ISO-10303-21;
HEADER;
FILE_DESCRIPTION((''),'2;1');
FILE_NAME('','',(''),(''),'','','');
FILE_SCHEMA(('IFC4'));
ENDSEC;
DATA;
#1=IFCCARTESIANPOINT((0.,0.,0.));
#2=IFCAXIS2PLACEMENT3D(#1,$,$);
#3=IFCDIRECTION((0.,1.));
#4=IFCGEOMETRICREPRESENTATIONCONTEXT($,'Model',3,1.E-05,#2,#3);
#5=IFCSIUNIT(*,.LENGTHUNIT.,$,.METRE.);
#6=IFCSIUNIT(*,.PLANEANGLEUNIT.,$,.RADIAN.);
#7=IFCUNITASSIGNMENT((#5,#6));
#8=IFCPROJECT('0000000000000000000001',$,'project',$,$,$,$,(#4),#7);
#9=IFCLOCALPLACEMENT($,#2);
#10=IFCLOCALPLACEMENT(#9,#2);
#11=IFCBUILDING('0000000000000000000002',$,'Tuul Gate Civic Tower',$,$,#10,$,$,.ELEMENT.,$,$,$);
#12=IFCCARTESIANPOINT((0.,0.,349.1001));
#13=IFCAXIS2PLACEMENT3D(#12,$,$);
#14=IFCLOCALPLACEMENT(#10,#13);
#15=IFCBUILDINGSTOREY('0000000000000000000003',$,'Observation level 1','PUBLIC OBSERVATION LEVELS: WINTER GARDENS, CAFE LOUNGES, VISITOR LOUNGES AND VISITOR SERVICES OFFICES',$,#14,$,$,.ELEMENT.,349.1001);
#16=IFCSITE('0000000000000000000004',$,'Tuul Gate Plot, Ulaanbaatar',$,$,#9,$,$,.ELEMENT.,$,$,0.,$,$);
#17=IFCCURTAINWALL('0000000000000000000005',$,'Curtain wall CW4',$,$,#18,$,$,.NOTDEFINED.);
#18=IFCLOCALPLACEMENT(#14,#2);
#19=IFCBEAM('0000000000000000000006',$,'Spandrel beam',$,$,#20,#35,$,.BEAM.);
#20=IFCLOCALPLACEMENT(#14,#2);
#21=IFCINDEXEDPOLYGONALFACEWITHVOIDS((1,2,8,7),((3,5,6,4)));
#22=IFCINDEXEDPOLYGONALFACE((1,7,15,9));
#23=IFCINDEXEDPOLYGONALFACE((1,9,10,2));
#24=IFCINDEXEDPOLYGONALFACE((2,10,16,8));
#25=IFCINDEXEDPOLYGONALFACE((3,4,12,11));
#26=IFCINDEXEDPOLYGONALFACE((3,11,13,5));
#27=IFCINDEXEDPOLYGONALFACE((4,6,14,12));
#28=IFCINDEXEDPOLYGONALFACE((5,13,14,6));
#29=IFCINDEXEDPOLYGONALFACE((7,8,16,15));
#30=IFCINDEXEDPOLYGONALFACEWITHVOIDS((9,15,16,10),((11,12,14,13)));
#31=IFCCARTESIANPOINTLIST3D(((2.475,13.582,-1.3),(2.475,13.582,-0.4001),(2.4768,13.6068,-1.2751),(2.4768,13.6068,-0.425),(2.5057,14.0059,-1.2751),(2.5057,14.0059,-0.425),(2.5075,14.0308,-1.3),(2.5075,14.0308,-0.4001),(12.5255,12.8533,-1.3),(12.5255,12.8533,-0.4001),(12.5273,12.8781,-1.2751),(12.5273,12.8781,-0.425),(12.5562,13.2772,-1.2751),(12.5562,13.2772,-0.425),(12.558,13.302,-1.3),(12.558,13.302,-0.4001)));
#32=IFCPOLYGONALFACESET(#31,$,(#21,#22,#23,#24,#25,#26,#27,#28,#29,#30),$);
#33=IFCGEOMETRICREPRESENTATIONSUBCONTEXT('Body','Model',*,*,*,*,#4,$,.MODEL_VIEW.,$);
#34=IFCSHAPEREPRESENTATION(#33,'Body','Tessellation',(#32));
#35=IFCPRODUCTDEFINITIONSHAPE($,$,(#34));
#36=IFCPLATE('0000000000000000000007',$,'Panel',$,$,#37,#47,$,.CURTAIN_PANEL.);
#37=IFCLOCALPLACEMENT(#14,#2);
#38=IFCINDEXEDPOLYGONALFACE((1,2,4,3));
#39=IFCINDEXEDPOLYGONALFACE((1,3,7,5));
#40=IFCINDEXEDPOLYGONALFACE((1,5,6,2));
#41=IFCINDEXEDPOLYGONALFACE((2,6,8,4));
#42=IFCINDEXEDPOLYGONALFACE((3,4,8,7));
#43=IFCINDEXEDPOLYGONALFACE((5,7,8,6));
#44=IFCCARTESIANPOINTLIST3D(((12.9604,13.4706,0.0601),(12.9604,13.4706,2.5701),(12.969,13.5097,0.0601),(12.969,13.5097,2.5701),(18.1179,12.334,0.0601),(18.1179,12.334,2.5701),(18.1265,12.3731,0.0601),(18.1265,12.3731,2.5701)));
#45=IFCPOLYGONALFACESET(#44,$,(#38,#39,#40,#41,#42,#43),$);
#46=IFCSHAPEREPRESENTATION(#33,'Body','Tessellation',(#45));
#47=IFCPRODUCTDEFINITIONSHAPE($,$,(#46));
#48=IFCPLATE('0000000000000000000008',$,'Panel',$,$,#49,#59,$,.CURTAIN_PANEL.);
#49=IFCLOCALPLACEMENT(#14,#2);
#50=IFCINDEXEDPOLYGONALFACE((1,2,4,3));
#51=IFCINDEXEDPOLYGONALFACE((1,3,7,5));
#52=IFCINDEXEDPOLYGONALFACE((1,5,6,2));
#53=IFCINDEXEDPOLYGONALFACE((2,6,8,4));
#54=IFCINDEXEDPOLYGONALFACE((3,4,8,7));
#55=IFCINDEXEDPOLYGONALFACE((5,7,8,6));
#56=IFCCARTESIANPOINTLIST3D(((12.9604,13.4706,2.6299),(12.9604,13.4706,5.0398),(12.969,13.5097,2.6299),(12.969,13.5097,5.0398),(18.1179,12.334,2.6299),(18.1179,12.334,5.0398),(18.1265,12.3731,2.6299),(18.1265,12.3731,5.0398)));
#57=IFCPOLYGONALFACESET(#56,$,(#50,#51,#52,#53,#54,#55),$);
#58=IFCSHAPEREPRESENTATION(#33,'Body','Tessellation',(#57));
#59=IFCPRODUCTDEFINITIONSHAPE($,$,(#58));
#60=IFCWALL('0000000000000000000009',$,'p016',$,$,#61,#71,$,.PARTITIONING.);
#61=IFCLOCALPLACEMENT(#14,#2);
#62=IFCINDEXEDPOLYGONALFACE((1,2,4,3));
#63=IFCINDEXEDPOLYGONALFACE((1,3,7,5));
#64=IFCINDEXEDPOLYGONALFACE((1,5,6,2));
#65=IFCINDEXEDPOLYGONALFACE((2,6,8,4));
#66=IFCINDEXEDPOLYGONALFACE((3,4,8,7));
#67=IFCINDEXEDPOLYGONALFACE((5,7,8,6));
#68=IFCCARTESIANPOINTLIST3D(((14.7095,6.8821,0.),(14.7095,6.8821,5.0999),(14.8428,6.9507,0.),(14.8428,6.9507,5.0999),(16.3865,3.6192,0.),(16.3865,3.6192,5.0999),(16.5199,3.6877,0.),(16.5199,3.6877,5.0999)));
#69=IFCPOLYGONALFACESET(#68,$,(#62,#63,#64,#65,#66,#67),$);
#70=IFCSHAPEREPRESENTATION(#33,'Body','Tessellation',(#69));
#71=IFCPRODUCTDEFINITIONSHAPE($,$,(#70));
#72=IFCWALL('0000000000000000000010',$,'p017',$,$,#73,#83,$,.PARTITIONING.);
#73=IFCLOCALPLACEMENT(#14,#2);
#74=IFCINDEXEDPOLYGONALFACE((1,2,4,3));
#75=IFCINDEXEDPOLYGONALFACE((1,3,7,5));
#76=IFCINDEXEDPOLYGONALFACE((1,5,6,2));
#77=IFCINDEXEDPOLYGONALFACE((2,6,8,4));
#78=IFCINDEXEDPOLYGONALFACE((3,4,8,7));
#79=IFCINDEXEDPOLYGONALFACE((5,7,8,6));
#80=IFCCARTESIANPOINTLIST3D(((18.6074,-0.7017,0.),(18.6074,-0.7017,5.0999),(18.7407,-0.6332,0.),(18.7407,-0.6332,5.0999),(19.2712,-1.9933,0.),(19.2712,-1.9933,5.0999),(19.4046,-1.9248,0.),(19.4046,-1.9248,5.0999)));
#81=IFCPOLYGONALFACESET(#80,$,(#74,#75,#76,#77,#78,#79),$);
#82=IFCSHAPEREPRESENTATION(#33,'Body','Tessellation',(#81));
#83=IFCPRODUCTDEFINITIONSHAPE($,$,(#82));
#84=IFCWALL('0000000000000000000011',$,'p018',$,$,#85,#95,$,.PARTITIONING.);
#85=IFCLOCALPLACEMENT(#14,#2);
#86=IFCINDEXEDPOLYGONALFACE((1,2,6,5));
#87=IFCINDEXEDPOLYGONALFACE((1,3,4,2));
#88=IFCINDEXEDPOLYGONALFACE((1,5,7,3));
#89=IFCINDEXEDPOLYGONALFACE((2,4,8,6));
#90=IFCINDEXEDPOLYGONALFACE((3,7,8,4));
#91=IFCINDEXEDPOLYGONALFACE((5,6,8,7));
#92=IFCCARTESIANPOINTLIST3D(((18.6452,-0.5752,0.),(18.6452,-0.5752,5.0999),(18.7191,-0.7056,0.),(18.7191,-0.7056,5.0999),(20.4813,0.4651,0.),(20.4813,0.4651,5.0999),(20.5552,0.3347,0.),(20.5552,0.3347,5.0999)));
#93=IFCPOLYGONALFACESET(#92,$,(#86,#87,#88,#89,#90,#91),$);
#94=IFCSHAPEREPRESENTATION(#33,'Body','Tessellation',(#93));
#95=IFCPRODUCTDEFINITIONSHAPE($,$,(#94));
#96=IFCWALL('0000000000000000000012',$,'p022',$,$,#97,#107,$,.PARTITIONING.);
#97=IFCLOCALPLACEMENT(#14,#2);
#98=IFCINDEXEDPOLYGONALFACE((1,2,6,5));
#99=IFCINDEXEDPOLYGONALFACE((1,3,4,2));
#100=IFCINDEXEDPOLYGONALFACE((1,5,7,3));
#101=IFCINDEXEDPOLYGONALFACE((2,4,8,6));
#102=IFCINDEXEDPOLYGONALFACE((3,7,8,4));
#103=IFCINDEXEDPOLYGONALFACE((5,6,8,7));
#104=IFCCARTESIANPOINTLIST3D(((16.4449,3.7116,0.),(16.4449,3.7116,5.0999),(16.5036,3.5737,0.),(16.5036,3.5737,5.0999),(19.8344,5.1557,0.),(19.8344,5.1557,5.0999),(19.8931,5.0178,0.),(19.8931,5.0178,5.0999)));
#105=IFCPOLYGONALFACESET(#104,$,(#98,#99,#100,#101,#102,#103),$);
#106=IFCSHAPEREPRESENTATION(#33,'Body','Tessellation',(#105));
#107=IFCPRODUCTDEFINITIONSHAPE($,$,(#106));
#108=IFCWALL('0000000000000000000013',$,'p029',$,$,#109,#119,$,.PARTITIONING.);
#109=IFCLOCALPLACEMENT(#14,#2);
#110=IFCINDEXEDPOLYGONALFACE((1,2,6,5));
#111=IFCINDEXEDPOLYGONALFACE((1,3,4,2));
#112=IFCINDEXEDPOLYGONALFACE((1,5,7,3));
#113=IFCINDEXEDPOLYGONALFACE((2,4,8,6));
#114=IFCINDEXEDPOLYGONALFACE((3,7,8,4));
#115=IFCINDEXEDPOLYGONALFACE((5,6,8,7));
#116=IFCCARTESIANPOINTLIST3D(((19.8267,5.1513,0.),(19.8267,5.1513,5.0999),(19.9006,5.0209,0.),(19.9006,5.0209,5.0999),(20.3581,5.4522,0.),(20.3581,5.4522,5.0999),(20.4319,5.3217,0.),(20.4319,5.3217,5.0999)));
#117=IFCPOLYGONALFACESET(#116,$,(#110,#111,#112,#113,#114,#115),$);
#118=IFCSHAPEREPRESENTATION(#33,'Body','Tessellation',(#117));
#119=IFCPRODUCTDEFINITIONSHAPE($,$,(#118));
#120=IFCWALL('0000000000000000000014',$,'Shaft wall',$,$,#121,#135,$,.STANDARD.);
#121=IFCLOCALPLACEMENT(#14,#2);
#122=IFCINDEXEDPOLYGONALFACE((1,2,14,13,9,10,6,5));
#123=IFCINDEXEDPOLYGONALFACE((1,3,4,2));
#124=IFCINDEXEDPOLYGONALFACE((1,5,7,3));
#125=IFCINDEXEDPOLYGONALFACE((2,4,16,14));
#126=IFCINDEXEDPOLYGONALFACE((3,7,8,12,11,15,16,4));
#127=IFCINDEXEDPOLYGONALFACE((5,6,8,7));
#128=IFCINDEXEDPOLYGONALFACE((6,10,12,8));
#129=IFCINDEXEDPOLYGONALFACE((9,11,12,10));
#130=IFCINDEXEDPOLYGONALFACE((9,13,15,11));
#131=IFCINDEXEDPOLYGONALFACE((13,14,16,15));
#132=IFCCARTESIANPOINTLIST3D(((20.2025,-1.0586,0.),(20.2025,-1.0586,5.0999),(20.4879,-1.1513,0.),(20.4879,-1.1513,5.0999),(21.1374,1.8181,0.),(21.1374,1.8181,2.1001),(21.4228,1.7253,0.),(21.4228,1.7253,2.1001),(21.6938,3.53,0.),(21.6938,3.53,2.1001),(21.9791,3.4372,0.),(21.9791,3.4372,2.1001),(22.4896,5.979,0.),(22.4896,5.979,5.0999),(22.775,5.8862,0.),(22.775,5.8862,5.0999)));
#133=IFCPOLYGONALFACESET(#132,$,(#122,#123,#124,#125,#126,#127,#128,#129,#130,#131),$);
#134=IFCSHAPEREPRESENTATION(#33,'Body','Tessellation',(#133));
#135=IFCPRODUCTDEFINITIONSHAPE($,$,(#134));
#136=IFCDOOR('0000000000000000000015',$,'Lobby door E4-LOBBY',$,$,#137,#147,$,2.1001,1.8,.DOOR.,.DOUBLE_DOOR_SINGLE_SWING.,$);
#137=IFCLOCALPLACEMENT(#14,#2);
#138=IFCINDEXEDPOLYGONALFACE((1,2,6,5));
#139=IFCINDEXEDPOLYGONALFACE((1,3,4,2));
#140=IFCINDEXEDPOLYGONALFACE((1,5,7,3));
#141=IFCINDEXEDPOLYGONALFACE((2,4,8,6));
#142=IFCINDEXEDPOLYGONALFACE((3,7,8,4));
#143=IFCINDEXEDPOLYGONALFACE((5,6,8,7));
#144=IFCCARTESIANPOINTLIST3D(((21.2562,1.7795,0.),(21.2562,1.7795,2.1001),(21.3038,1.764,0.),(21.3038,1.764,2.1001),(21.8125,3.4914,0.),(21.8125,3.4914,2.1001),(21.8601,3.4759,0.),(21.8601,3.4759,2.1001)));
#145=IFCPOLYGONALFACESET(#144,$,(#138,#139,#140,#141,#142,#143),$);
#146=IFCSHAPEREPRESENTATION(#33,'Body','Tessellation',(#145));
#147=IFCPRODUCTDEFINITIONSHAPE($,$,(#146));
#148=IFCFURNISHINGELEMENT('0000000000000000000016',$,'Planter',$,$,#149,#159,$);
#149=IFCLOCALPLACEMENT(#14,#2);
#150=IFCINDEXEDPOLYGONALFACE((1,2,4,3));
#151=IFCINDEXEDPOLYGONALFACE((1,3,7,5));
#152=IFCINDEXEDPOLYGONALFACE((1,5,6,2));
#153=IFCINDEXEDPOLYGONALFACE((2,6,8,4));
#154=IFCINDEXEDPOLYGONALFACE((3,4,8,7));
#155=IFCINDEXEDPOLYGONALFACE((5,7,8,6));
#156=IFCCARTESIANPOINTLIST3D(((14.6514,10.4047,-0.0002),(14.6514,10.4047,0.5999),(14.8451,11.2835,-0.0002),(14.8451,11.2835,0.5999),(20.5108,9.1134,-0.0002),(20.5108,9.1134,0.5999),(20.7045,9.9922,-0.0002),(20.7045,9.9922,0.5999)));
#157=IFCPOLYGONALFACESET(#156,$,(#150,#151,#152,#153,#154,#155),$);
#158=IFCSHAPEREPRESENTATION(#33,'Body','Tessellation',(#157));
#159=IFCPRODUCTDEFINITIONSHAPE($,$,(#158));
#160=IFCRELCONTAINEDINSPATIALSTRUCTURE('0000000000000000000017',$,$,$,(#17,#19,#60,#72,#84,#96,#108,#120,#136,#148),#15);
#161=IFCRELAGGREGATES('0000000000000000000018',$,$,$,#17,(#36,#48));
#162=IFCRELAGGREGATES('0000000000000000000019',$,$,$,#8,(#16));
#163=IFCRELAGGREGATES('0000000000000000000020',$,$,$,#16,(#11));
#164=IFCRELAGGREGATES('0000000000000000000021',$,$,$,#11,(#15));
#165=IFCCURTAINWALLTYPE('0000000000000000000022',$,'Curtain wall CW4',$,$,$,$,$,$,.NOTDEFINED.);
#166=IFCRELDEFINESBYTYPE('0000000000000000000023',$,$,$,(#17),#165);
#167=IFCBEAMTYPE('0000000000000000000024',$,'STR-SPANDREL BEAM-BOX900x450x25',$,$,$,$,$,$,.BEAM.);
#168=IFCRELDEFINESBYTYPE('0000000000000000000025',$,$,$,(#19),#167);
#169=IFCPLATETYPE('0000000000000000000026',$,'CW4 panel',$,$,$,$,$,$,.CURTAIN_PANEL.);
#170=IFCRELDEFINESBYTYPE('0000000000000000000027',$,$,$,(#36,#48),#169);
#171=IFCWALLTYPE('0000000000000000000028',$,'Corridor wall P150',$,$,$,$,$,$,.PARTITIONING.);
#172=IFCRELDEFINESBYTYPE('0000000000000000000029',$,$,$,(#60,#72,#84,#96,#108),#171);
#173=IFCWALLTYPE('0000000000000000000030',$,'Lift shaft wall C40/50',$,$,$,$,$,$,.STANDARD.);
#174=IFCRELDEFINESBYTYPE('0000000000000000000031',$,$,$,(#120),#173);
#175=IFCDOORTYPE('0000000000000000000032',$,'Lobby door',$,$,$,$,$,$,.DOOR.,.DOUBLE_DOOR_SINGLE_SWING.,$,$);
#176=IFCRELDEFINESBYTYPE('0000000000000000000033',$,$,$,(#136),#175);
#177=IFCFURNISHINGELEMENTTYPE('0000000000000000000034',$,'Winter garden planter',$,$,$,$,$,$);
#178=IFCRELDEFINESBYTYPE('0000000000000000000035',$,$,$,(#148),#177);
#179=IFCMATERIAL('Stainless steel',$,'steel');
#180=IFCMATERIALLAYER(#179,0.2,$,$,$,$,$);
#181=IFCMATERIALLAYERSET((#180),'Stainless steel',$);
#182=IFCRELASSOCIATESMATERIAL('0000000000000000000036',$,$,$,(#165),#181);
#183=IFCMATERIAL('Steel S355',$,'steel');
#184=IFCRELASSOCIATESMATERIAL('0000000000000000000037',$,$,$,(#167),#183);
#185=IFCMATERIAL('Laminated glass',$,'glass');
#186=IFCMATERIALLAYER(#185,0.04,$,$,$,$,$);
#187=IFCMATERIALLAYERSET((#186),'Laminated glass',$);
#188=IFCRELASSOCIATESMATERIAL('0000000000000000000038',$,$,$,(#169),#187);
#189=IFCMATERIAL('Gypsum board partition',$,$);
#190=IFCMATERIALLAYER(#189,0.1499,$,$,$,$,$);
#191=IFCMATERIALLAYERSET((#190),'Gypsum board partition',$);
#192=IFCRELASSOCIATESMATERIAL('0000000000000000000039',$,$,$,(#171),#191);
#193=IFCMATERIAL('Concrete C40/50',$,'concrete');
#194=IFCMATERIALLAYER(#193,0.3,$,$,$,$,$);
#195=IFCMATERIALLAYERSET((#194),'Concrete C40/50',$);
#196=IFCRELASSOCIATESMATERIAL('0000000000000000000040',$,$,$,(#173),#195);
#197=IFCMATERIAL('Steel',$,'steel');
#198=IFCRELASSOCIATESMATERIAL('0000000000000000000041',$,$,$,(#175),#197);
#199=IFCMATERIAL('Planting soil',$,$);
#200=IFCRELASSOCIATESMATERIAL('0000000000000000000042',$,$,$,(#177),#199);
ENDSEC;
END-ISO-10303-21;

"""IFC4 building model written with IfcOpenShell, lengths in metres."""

from ifc_helpers import new_model, si_unit, direction, frame, frame_2d, origin, origin_2d, place, context, subcontext, project, spatial, rectangle, hollow_rectangle, extrude, material, layer, layer_set, material_profile, profile_set, type_object, element, fill, aggregate, save


model = new_model("IFC4")

# Units and contexts
model_context = context("Model", 3, precision=1e-05, world=origin(), true_north=direction((0.0, 1.0)))
body_context = subcontext(model_context, "Body", "Model", "MODEL_VIEW")
ifc_project = project(units=[si_unit("LENGTHUNIT", "METRE"), si_unit("PLANEANGLEUNIT", "RADIAN")], contexts=[model_context])

# Site, building, storey
site_placement = place(None, origin())
site = spatial("IfcSite", under=ifc_project, at=site_placement, Name="Tuul Gate Plot, Ulaanbaatar", CompositionType="ELEMENT", RefElevation=0.0)
building_placement = place(site_placement, origin())
building = spatial("IfcBuilding", under=site, at=building_placement, Name="Tuul Gate Civic Tower", CompositionType="ELEMENT")
storey_placement = place(building_placement, frame((0.0, 0.0, 349.1001)))
storey = spatial("IfcBuildingStorey", under=building, at=storey_placement, Name="Observation level 1", Description="PUBLIC OBSERVATION LEVELS: WINTER GARDENS, CAFE LOUNGES, VISITOR LOUNGES AND VISITOR SERVICES OFFICES", CompositionType="ELEMENT", Elevation=349.1001)

# Curtain wall
ifc_material_1 = material(Name="Stainless steel", Category="steel")
ifc_layer_1 = layer(ifc_material_1, 0.2)
ifc_layer_set_1 = layer_set([ifc_layer_1], Name="Stainless steel")
curtain_wall_type = type_object("IfcCurtainWallType", Name="Curtain wall CW4", PredefinedType="NOTDEFINED", material=ifc_layer_set_1)
curtain_wall_1_placement = place(storey_placement, origin())
curtain_wall_1 = element("IfcCurtainWall", 1, at=curtain_wall_1_placement, inside=storey, type_object=curtain_wall_type, Name="Curtain wall CW4", PredefinedType="NOTDEFINED")

# Beam
ifc_material_2 = material(Name="Steel S355", Category="steel")
ifc_material_profile_1 = material_profile(ifc_material_2, hollow_rectangle(XDim=0.45, YDim=0.8999, WallThickness=0.0249, at=origin_2d()), Name="BOX900x450x25")
ifc_profile_set_1 = profile_set([ifc_material_profile_1], Name="Steel S355")
beam_type = type_object("IfcBeamType", Name="STR-SPANDREL BEAM-BOX900x450x25", PredefinedType="BEAM", material=ifc_profile_set_1)
beam_placement = place(storey_placement, frame((12.5417, 13.0776, -0.8501), z_axis=(-0.997382, 0.07232, 0.0), x_axis=(-0.07232, -0.997382, 0.0)))
element("IfcBeam", 2, at=beam_placement, inside=storey, type_object=beam_type, Name="Spandrel beam", PredefinedType="BEAM", context=body_context, shape_type="SweptSolid", body=[
    extrude(hollow_rectangle(XDim=0.45, YDim=0.8999, WallThickness=0.0249, at=origin_2d()), origin(), (0.0, 0.0, 1.0), 10.0769),
])

# Plates
ifc_material_3 = material(Name="Laminated glass", Category="glass")
ifc_layer_2 = layer(ifc_material_3, 0.04)
ifc_layer_set_2 = layer_set([ifc_layer_2], Name="Laminated glass")
plate_type = type_object("IfcPlateType", Name="CW4 panel", PredefinedType="CURTAIN_PANEL", material=ifc_layer_set_2)
plate_1_placement = place(storey_placement, frame((15.5435, 12.9219, 0.0601), z_axis=(0.0, 0.0, 1.0), x_axis=(-0.976567, 0.215215, 0.0)))
plate_1 = element("IfcPlate", 3, at=plate_1_placement, type_object=plate_type, Name="Panel", PredefinedType="CURTAIN_PANEL", context=body_context, shape_type="SweptSolid", body=[
    extrude(rectangle(XDim=5.2812, YDim=0.04, at=origin_2d()), origin(), (0.0, 0.0, 1.0), 2.51),
])
plate_2_placement = place(storey_placement, frame((15.5435, 12.9219, 2.6299), z_axis=(0.0, 0.0, 1.0), x_axis=(-0.976567, 0.215215, 0.0)))
plate_2 = element("IfcPlate", 4, at=plate_2_placement, type_object=plate_type, Name="Panel", PredefinedType="CURTAIN_PANEL", context=body_context, shape_type="SweptSolid", body=[
    extrude(rectangle(XDim=5.2812, YDim=0.04, at=origin_2d()), origin(), (0.0, 0.0, 1.0), 2.4099),
])
aggregate(curtain_wall_1, [plate_1, plate_2])

# Walls
ifc_material_4 = material(Name="Gypsum board partition")
ifc_layer_3 = layer(ifc_material_4, 0.1499)
ifc_layer_set_3 = layer_set([ifc_layer_3], Name="Gypsum board partition")
wall_type_1 = type_object("IfcWallType", Name="Corridor wall P150", PredefinedType="PARTITIONING", material=ifc_layer_set_3)
wall_1_placement = place(storey_placement, frame((14.7761, 6.9165, 0.0), z_axis=(0.0, 0.0, 1.0), x_axis=(0.457115, -0.889408, 0.0)))
element("IfcWall", 5, at=wall_1_placement, inside=storey, type_object=wall_type_1, Name="p016", PredefinedType="PARTITIONING", context=body_context, shape_type="SweptSolid", body=[
    extrude(rectangle(XDim=3.6687, YDim=0.1499, at=frame_2d((1.8345, 0.0))), origin(), (0.0, 0.0, 1.0), 5.0999),
])
wall_2_placement = place(storey_placement, frame((18.6741, -0.6675, 0.0), z_axis=(0.0, 0.0, 1.0), x_axis=(0.457139, -0.889395, 0.0)))
element("IfcWall", 6, at=wall_2_placement, inside=storey, type_object=wall_type_1, Name="p017", PredefinedType="PARTITIONING", context=body_context, shape_type="SweptSolid", body=[
    extrude(rectangle(XDim=1.4521, YDim=0.1499, at=frame_2d((0.7261, 0.0))), origin(), (0.0, 0.0, 1.0), 5.0999),
])
wall_3_placement = place(storey_placement, frame((18.6821, -0.6404, 0.0), z_axis=(0.0, 0.0, 1.0), x_axis=(0.870067, 0.492934, 0.0)))
element("IfcWall", 7, at=wall_3_placement, inside=storey, type_object=wall_type_1, Name="p018", PredefinedType="PARTITIONING", context=body_context, shape_type="SweptSolid", body=[
    extrude(rectangle(XDim=2.1104, YDim=0.1499, at=frame_2d((1.0552, 0.0))), origin(), (0.0, 0.0, 1.0), 5.0999),
])
wall_4_placement = place(storey_placement, frame((16.4741, 3.6426, 0.0), z_axis=(0.0, 0.0, 1.0), x_axis=(0.919979, 0.391967, 0.0)))
element("IfcWall", 8, at=wall_4_placement, inside=storey, type_object=wall_type_1, Name="p022", PredefinedType="PARTITIONING", context=body_context, shape_type="SweptSolid", body=[
    extrude(rectangle(XDim=3.6843, YDim=0.1499, at=frame_2d((1.8423, 0.0))), origin(), (0.0, 0.0, 1.0), 5.0999),
])
wall_5_placement = place(storey_placement, frame((19.8638, 5.0862, 0.0), z_axis=(0.0, 0.0, 1.0), x_axis=(0.870205, 0.49269, 0.0)))
element("IfcWall", 9, at=wall_5_placement, inside=storey, type_object=wall_type_1, Name="p029", PredefinedType="PARTITIONING", context=body_context, shape_type="SweptSolid", body=[
    extrude(rectangle(XDim=0.6106, YDim=0.1499, at=frame_2d((0.3052, 0.0))), origin(), (0.0, 0.0, 1.0), 5.0999),
])

# Wall, opening, door
ifc_material_5 = material(Name="Concrete C40/50", Category="concrete")
ifc_layer_4 = layer(ifc_material_5, 0.3)
ifc_layer_set_4 = layer_set([ifc_layer_4], Name="Concrete C40/50")
wall_type_2 = type_object("IfcWallType", Name="Lift shaft wall C40/50", PredefinedType="STANDARD", material=ifc_layer_set_4)
wall_6_placement = place(storey_placement, frame((20.3452, -1.105, 0.0), z_axis=(0.0, 0.0, 1.0), x_axis=(0.309073, 0.951038, 0.0)))
wall_6 = element("IfcWall", 10, at=wall_6_placement, inside=storey, type_object=wall_type_2, Name="Shaft wall", PredefinedType="STANDARD", context=body_context, shape_type="SweptSolid", body=[
    extrude(rectangle(XDim=7.3999, YDim=0.3, at=frame_2d((3.7, 0.0))), origin(), (0.0, 0.0, 1.0), 5.0999),
])
opening_placement = place(wall_6_placement, frame((3.0249, 0.0, 0.0)))
opening = element("IfcOpeningElement", 11, at=opening_placement, cuts=wall_6, PredefinedType="OPENING", context=body_context, shape_type="SweptSolid", body=[
    extrude(rectangle(XDim=1.8, YDim=2.1001, at=frame_2d((0.8999, 1.05))), frame((0.0, 0.1602, 0.0), z_axis=(0.0, -1.0, 0.0), x_axis=(1.0, 0.0, 0.0)), (0.0, 0.0, 1.0), 0.3201),
])
ifc_material_6 = material(Name="Steel", Category="steel")
door_type = type_object("IfcDoorType", Name="Lobby door", OperationType="DOUBLE_DOOR_SINGLE_SWING", PredefinedType="DOOR", material=ifc_material_6)
door_placement = place(opening_placement, frame((1.8, 0.0, 0.0), z_axis=(0.0, 0.0, 1.0), x_axis=(-1.0, 0.0, 0.0)))
door = element("IfcDoor", 12, at=door_placement, inside=storey, type_object=door_type, Name="Lobby door E4-LOBBY", OperationType="DOUBLE_DOOR_SINGLE_SWING", OverallHeight=2.1001, OverallWidth=1.8, PredefinedType="DOOR", context=body_context, shape_type="SweptSolid", body=[
    extrude(rectangle(XDim=1.8, YDim=2.1001, at=frame_2d((0.9001, 1.05))), frame((0.0, 0.0249, 0.0), z_axis=(0.0, -1.0, 0.0), x_axis=(1.0, 0.0, 0.0)), (0.0, 0.0, 1.0), 0.05),
])
fill(opening, door)

# Furnishing element
ifc_material_7 = material(Name="Planting soil")
furnishing_element_type = type_object("IfcFurnishingElementType", Name="Winter garden planter", material=ifc_material_7)
furnishing_placement = place(storey_placement, frame((17.678, 10.1985, -0.0002), z_axis=(0.0, 0.0, 1.0), x_axis=(-0.976567, 0.215215, 0.0)))
element("IfcFurnishingElement", 13, at=furnishing_placement, inside=storey, type_object=furnishing_element_type, Name="Planter", context=body_context, shape_type="SweptSolid", body=[
    extrude(rectangle(XDim=6.0, YDim=0.8999, at=origin_2d()), origin(), (0.0, 0.0, 1.0), 0.6001),
])

save(model, "model.ifc")
